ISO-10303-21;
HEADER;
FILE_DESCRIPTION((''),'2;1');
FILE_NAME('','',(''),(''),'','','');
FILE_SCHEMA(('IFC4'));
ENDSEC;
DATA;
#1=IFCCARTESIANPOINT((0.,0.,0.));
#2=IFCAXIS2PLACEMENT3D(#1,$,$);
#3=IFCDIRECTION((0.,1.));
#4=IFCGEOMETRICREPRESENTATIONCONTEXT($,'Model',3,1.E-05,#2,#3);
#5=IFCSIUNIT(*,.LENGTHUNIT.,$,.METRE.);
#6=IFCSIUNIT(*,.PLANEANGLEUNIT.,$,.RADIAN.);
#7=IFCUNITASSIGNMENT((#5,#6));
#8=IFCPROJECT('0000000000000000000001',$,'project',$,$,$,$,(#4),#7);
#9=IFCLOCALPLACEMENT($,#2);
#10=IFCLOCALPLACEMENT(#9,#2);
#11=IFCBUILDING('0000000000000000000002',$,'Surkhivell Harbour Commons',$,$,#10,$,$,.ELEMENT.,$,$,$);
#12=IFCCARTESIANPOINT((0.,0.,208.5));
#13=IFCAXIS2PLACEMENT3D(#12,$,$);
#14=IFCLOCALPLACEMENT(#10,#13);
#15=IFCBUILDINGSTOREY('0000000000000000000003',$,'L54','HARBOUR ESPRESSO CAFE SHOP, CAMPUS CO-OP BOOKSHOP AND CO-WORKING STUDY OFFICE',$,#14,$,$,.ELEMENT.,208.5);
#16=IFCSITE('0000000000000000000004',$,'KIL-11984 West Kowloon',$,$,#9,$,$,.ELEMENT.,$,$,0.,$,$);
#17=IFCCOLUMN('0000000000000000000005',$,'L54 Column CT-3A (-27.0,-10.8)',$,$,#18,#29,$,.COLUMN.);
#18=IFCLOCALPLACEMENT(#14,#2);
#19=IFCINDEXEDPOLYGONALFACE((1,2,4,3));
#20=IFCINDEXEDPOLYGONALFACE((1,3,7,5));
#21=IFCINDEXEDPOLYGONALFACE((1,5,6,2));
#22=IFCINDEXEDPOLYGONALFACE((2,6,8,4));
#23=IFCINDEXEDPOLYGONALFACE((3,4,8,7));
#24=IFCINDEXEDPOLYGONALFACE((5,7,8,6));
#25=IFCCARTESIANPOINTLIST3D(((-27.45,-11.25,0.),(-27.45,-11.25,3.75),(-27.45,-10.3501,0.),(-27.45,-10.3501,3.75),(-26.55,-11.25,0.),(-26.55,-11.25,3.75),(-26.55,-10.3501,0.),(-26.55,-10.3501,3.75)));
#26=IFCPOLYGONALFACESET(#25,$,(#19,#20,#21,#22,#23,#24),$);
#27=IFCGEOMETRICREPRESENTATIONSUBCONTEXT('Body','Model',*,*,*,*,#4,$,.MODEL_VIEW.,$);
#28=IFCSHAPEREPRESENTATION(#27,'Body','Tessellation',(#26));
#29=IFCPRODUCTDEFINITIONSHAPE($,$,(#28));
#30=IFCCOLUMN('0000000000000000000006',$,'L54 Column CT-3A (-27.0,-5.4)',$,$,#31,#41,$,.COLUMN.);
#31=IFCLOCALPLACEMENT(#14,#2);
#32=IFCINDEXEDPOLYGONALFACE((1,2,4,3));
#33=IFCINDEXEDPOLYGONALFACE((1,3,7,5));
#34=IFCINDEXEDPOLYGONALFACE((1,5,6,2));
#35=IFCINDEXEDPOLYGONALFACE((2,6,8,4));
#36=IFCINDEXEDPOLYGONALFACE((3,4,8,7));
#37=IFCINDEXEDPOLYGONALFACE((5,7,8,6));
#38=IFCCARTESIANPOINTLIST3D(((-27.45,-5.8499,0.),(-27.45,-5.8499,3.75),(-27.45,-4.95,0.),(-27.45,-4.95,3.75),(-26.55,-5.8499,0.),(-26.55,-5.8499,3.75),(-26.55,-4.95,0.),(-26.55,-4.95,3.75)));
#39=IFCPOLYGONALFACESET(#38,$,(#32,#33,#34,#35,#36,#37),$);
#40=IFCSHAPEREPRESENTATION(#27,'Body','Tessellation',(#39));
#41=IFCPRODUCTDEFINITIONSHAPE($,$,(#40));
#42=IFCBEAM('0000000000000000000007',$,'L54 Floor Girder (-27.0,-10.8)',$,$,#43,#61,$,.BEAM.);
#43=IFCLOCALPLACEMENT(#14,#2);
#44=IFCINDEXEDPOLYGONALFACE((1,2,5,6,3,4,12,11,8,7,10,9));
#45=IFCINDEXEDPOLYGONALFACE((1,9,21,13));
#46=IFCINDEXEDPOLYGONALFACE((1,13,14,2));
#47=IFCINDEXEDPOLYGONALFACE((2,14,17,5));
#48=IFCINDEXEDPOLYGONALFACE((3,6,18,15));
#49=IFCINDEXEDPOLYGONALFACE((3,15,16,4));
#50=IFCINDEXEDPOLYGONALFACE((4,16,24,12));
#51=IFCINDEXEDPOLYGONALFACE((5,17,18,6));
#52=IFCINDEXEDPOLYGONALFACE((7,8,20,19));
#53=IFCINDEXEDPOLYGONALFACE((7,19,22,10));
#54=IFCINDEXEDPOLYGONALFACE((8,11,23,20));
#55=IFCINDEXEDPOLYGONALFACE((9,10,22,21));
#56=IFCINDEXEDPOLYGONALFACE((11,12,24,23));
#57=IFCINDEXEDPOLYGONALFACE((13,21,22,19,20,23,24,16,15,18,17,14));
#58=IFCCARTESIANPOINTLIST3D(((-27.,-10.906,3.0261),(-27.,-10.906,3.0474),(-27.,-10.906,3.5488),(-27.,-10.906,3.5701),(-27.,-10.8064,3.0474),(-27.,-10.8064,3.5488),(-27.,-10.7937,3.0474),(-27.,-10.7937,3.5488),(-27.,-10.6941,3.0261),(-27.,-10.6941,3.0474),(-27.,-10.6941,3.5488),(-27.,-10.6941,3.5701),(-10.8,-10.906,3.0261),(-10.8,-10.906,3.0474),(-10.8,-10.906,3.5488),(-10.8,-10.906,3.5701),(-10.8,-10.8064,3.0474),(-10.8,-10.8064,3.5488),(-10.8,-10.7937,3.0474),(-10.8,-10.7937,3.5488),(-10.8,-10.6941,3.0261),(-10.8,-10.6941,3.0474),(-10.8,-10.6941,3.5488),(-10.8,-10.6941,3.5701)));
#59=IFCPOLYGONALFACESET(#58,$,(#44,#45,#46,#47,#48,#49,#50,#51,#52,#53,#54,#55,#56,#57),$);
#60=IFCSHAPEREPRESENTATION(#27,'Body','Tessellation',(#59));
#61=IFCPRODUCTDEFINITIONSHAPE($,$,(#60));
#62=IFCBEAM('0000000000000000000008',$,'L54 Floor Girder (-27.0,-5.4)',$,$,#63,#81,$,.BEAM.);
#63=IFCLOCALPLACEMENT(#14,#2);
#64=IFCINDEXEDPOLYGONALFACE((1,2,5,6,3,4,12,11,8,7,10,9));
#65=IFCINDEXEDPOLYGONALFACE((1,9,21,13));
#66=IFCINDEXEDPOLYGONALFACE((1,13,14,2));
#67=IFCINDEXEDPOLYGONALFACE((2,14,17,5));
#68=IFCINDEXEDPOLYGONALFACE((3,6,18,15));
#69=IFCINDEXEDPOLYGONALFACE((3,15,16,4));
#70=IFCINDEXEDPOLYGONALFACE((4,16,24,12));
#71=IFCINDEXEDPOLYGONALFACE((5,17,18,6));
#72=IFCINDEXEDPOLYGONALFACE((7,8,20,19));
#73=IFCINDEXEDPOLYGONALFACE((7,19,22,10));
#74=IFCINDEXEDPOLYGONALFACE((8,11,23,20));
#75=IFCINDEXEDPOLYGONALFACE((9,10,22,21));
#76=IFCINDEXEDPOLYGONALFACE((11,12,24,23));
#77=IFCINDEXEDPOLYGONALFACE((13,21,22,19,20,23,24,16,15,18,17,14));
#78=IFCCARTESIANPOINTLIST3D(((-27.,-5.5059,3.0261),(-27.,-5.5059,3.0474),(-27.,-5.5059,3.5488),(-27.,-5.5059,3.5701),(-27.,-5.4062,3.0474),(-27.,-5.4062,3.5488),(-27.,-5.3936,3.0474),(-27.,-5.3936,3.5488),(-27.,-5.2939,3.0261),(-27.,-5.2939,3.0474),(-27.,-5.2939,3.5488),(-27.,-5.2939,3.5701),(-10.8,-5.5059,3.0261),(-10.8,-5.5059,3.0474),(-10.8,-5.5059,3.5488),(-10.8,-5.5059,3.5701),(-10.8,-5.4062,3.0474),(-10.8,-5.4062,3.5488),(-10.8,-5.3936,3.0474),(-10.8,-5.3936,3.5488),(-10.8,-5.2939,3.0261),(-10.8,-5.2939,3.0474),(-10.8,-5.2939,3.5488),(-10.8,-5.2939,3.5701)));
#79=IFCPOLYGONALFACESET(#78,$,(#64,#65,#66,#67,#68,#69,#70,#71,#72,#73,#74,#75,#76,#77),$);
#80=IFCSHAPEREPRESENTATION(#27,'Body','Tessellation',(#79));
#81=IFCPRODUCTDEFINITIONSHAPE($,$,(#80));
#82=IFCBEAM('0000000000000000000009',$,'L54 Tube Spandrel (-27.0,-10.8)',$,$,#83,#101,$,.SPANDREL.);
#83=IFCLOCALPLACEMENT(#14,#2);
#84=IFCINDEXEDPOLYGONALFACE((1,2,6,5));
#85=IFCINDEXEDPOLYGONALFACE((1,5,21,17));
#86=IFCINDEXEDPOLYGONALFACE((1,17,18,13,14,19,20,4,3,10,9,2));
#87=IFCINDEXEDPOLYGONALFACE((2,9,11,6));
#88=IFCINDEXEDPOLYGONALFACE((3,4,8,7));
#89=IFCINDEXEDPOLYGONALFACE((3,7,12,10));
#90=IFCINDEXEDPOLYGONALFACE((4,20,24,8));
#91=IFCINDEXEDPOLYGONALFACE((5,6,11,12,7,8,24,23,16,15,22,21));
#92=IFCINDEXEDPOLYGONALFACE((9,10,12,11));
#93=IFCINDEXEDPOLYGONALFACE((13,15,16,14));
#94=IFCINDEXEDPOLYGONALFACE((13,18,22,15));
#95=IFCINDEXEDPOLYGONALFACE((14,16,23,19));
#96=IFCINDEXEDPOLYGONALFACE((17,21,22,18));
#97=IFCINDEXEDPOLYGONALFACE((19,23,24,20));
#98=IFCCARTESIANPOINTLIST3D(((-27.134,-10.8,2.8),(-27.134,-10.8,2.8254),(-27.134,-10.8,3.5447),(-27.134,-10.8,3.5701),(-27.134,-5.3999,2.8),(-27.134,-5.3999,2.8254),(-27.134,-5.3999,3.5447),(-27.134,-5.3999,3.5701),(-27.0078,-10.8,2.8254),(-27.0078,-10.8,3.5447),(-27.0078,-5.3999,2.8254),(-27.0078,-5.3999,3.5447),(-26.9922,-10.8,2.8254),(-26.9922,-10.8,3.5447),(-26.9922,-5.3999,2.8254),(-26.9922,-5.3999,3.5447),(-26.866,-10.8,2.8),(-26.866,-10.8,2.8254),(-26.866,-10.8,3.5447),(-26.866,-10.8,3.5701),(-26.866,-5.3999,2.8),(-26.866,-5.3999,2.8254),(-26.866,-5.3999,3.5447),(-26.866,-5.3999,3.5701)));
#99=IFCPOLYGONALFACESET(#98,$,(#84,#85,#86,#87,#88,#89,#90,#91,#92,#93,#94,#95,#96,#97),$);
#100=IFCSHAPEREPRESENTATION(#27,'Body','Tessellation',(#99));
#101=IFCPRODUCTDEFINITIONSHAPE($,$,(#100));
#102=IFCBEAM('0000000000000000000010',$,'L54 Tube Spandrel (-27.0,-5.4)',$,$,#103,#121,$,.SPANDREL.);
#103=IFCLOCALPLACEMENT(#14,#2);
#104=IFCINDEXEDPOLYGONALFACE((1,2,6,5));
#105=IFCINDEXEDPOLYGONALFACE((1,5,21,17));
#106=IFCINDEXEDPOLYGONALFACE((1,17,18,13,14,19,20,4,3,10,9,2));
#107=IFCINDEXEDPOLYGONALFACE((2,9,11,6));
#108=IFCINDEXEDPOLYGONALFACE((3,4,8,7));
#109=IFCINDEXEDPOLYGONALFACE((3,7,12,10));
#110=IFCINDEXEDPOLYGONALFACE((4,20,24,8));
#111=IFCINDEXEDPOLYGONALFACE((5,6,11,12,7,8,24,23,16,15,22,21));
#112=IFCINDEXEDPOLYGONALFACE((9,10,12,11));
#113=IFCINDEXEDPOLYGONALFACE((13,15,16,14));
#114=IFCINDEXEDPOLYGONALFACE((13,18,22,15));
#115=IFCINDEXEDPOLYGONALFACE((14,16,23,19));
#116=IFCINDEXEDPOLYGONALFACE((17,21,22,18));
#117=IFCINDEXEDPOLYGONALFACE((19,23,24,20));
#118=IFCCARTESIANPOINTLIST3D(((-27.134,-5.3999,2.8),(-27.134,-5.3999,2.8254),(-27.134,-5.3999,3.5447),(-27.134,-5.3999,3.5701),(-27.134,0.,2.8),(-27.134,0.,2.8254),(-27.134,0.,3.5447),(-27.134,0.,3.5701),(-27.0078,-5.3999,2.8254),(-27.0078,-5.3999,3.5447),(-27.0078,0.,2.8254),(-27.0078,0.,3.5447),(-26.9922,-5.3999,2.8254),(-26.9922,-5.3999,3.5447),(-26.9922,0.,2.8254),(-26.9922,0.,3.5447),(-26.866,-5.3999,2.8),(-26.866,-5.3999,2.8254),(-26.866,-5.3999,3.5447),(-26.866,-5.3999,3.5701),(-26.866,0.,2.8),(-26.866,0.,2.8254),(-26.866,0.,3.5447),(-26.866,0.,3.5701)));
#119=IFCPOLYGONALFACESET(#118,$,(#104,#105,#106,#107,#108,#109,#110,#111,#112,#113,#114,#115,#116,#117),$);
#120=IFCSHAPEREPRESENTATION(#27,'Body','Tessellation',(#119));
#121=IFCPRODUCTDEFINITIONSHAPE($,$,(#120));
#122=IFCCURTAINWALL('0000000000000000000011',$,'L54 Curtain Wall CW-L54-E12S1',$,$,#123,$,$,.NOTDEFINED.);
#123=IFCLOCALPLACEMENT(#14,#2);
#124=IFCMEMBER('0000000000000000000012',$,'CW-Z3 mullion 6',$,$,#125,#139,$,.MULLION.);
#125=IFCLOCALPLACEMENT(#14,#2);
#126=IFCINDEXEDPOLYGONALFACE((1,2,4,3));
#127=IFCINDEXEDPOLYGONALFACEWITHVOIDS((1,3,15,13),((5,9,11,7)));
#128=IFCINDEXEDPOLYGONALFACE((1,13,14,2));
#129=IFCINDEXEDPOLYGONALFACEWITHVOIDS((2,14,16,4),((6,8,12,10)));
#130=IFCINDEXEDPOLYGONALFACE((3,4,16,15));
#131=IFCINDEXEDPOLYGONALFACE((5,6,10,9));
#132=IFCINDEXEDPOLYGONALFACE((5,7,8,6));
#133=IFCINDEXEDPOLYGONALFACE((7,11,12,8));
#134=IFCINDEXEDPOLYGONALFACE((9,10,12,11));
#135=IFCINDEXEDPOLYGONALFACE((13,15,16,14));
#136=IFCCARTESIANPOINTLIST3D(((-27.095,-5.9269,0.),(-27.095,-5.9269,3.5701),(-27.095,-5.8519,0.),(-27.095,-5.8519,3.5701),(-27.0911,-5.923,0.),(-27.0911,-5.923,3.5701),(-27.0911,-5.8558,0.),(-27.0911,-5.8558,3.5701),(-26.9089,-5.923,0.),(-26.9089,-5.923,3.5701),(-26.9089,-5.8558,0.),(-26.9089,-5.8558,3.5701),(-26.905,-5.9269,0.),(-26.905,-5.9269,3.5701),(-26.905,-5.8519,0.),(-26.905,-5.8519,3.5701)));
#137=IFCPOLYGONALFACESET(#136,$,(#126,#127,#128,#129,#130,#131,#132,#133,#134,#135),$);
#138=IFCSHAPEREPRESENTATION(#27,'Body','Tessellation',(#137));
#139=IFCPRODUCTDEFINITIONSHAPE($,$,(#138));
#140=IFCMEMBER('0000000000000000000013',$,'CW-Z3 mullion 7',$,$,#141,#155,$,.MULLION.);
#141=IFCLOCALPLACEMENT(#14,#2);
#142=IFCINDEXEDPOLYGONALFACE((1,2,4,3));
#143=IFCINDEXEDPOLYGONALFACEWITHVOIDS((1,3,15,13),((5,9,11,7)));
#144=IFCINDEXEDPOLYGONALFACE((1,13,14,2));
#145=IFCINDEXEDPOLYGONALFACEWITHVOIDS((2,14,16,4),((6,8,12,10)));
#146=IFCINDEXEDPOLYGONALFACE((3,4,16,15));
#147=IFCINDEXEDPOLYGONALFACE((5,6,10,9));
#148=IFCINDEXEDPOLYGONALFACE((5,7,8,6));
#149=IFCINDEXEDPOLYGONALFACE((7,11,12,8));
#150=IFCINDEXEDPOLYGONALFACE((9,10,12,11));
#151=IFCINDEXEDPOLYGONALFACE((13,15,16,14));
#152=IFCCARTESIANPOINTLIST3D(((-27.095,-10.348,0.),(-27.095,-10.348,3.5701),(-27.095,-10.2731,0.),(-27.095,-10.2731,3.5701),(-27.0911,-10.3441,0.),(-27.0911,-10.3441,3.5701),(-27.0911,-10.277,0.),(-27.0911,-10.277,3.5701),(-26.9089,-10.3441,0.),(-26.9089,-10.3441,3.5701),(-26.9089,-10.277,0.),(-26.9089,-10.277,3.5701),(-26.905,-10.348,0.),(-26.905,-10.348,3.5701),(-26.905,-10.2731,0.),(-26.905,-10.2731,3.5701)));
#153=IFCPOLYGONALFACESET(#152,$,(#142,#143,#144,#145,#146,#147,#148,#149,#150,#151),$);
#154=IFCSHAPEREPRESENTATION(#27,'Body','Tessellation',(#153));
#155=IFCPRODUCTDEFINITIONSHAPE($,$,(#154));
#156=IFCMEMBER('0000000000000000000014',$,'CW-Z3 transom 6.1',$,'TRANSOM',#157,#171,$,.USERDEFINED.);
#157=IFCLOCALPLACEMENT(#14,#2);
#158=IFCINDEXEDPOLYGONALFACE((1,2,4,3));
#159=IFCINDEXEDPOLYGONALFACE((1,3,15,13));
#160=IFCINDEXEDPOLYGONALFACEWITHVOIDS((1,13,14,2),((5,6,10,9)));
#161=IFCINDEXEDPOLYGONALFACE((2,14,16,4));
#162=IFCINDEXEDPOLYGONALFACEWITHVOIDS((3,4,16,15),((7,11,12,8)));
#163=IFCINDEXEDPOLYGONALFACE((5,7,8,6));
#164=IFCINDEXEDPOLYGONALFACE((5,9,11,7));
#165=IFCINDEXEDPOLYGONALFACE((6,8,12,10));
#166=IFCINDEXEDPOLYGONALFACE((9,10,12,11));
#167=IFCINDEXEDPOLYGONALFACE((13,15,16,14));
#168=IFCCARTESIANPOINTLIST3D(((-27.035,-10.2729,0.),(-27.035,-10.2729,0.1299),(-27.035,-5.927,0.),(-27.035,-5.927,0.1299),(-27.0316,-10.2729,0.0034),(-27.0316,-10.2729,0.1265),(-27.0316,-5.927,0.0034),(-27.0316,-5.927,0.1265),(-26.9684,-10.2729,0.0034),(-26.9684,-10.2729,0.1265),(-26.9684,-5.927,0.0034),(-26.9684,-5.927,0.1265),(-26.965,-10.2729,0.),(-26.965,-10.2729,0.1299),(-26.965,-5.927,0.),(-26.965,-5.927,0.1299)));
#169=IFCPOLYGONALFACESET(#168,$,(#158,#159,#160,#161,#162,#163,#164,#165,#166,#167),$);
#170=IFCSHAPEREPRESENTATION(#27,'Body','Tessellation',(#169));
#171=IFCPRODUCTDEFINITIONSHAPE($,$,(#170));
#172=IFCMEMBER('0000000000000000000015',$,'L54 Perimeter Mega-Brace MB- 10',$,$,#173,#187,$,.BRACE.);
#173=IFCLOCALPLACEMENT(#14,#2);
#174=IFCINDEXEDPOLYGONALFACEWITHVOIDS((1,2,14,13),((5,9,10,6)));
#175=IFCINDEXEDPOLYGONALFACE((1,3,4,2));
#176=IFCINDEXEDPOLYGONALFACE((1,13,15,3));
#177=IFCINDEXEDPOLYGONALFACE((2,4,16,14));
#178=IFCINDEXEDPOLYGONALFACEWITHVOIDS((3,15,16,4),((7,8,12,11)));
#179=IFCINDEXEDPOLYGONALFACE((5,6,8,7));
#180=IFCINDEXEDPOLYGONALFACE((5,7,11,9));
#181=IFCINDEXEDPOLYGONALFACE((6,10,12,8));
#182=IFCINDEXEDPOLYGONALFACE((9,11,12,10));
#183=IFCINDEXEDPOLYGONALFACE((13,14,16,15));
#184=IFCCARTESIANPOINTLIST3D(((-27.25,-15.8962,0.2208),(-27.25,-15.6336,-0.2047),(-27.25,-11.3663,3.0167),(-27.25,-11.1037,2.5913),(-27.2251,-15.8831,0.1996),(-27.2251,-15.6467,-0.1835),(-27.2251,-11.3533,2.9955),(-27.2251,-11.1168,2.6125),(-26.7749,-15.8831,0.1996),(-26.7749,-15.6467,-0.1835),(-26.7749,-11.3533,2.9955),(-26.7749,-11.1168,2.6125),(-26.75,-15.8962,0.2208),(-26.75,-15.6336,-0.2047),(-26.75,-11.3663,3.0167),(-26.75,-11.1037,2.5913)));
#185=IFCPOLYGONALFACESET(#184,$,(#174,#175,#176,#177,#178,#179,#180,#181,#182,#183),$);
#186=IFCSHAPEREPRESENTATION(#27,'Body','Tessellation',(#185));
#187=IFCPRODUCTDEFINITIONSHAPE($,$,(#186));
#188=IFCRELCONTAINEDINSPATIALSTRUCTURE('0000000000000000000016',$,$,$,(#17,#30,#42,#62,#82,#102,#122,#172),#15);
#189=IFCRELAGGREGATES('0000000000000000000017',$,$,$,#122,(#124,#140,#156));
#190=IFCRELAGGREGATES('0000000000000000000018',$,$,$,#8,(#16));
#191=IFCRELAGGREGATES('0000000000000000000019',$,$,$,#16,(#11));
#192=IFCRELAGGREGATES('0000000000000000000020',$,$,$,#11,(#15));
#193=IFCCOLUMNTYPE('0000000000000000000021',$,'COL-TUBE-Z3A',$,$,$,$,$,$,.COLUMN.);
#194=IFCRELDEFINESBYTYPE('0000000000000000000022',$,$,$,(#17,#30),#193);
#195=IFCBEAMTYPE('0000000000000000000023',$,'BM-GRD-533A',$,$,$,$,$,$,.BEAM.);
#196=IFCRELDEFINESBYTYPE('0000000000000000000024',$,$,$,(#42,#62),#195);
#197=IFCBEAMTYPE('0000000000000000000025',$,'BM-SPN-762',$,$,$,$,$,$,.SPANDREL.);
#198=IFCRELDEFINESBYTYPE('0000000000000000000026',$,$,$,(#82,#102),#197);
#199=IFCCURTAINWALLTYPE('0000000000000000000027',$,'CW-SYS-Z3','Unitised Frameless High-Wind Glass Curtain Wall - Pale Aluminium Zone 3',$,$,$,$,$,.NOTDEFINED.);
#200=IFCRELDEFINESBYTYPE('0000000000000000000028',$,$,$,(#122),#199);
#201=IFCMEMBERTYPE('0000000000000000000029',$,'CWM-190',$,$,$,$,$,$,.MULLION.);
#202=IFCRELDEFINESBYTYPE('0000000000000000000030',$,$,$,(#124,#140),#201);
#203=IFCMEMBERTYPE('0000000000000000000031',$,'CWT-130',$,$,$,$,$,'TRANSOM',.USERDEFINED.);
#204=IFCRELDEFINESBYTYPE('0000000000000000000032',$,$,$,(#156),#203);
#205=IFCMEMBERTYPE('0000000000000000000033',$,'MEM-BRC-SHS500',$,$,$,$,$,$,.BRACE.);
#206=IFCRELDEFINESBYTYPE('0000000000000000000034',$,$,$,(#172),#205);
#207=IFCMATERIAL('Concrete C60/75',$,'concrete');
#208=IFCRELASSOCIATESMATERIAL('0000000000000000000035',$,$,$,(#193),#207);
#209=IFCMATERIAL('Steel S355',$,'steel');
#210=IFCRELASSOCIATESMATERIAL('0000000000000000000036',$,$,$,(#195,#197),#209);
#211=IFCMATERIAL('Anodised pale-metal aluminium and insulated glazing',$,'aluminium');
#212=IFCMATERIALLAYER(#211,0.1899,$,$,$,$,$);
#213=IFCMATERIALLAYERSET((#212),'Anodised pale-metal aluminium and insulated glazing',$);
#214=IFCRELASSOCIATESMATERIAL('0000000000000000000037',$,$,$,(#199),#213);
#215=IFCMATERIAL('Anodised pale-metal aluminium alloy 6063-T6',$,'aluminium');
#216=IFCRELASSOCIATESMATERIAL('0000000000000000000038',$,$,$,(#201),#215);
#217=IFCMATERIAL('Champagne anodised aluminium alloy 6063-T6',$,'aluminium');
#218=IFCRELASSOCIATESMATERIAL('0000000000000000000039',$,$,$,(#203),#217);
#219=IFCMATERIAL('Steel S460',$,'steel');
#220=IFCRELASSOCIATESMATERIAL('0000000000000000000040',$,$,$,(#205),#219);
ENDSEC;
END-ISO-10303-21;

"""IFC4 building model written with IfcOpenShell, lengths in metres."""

from ifc_helpers import new_model, si_unit, direction, frame, origin, origin_2d, place, context, subcontext, project, spatial, rectangle, hollow_rectangle, i_section, extrude, material, layer, layer_set, material_profile, profile_set, type_object, element, aggregate, save


model = new_model("IFC4")

# Units and contexts
model_context = context("Model", 3, precision=1e-05, world=origin(), true_north=direction((0.0, 1.0)))
body_context = subcontext(model_context, "Body", "Model", "MODEL_VIEW")
ifc_project = project(units=[si_unit("LENGTHUNIT", "METRE"), si_unit("PLANEANGLEUNIT", "RADIAN")], contexts=[model_context])

# Site, building, storey
site_placement = place(None, origin())
site = spatial("IfcSite", under=ifc_project, at=site_placement, Name="KIL-11984 West Kowloon", CompositionType="ELEMENT", RefElevation=0.0)
building_placement = place(site_placement, origin())
building = spatial("IfcBuilding", under=site, at=building_placement, Name="Surkhivell Harbour Commons", CompositionType="ELEMENT")
storey_placement = place(building_placement, frame((0.0, 0.0, 208.5)))
storey = spatial("IfcBuildingStorey", under=building, at=storey_placement, Name="L54", Description="HARBOUR ESPRESSO CAFE SHOP, CAMPUS CO-OP BOOKSHOP AND CO-WORKING STUDY OFFICE", CompositionType="ELEMENT", Elevation=208.5)

# Columns
ifc_material_1 = material(Name="Concrete C60/75", Category="concrete")
ifc_material_profile_1 = material_profile(ifc_material_1, rectangle(XDim=0.8999, YDim=0.8999, at=origin_2d()), Name="RC-COL-900x900")
ifc_profile_set_1 = profile_set([ifc_material_profile_1], Name="Concrete C60/75")
column_type = type_object("IfcColumnType", Name="COL-TUBE-Z3A", PredefinedType="COLUMN", material=ifc_profile_set_1)
for number, where, z_axis, x_axis, name in (
    (1, (-27.0, -10.8, 0.0), (0.0, 0.0, 1.0), (1.0, 0.0, 0.0), "L54 Column CT-3A (-27.0,-10.8)"),
    (2, (-27.0, -5.3999, 0.0), (0.0, 0.0, 1.0), (1.0, 0.0, 0.0), "L54 Column CT-3A (-27.0,-5.4)"),
):
    element("IfcColumn", number, at=place(storey_placement, frame(where, z_axis=z_axis, x_axis=x_axis)), inside=storey, type_object=column_type, Name=name, PredefinedType="COLUMN", context=body_context, shape_type="SweptSolid", body=[
        extrude(rectangle(XDim=0.8999, YDim=0.8999, at=origin_2d()), origin(), (0.0, 0.0, 1.0), 3.75),
    ])

# Beams
ifc_material_2 = material(Name="Steel S355", Category="steel")
ifc_material_profile_2 = material_profile(ifc_material_2, i_section(OverallWidth=0.2119, OverallDepth=0.5439, WebThickness=0.0127, FlangeThickness=0.0212, at=origin_2d()), Name="UB533x210x122")
ifc_profile_set_2 = profile_set([ifc_material_profile_2], Name="Steel S355")
beam_type_1 = type_object("IfcBeamType", Name="BM-GRD-533A", PredefinedType="BEAM", material=ifc_profile_set_2)
for number, where, z_axis, x_axis, name in (
    (3, (-27.0, -10.8, 3.2981), (1.0, 0.0, 0.0), (0.0, 1.0, 0.0), "L54 Floor Girder (-27.0,-10.8)"),
    (4, (-27.0, -5.3999, 3.2981), (1.0, 0.0, 0.0), (0.0, 1.0, 0.0), "L54 Floor Girder (-27.0,-5.4)"),
):
    element("IfcBeam", number, at=place(storey_placement, frame(where, z_axis=z_axis, x_axis=x_axis)), inside=storey, type_object=beam_type_1, Name=name, PredefinedType="BEAM", context=body_context, shape_type="SweptSolid", body=[
        extrude(i_section(OverallWidth=0.2119, OverallDepth=0.5439, WebThickness=0.0127, FlangeThickness=0.0212, at=origin_2d()), origin(), (0.0, 0.0, 1.0), 16.2),
    ])
ifc_material_profile_3 = material_profile(ifc_material_2, i_section(OverallWidth=0.2681, OverallDepth=0.77, WebThickness=0.0156, FlangeThickness=0.0254, at=origin_2d()), Name="UB762x267x197")
ifc_profile_set_3 = profile_set([ifc_material_profile_3], Name="Steel S355")
beam_type_2 = type_object("IfcBeamType", Name="BM-SPN-762", PredefinedType="SPANDREL", material=ifc_profile_set_3)
beam_1_placement = place(storey_placement, frame((-27.0, -10.8, 3.1851), z_axis=(0.0, 1.0, 0.0), x_axis=(-1.0, 0.0, 0.0)))
element("IfcBeam", 5, at=beam_1_placement, inside=storey, type_object=beam_type_2, Name="L54 Tube Spandrel (-27.0,-10.8)", PredefinedType="SPANDREL", context=body_context, shape_type="SweptSolid", body=[
    extrude(i_section(OverallWidth=0.2681, OverallDepth=0.77, WebThickness=0.0156, FlangeThickness=0.0254, at=origin_2d()), origin(), (0.0, 0.0, 1.0), 5.4001),
])
beam_2_placement = place(storey_placement, frame((-27.0, -5.3999, 3.1851), z_axis=(0.0, 1.0, 0.0), x_axis=(-1.0, 0.0, 0.0)))
element("IfcBeam", 6, at=beam_2_placement, inside=storey, type_object=beam_type_2, Name="L54 Tube Spandrel (-27.0,-5.4)", PredefinedType="SPANDREL", context=body_context, shape_type="SweptSolid", body=[
    extrude(i_section(OverallWidth=0.2681, OverallDepth=0.77, WebThickness=0.0156, FlangeThickness=0.0254, at=origin_2d()), origin(), (0.0, 0.0, 1.0), 5.3999),
])

# Curtain wall, members
ifc_material_3 = material(Name="Anodised pale-metal aluminium and insulated glazing", Category="aluminium")
ifc_layer_1 = layer(ifc_material_3, 0.1899)
ifc_layer_set_1 = layer_set([ifc_layer_1], Name="Anodised pale-metal aluminium and insulated glazing")
curtain_wall_type = type_object("IfcCurtainWallType", Name="CW-SYS-Z3", Description="Unitised Frameless High-Wind Glass Curtain Wall - Pale Aluminium Zone 3", PredefinedType="NOTDEFINED", material=ifc_layer_set_1)
curtain_wall_placement = place(storey_placement, origin())
curtain_wall = element("IfcCurtainWall", 7, at=curtain_wall_placement, inside=storey, type_object=curtain_wall_type, Name="L54 Curtain Wall CW-L54-E12S1", PredefinedType="NOTDEFINED")
ifc_material_4 = material(Name="Anodised pale-metal aluminium alloy 6063-T6", Category="aluminium")
ifc_material_profile_4 = material_profile(ifc_material_4, hollow_rectangle(XDim=0.075, YDim=0.1899, WallThickness=0.0039, at=origin_2d()), Name="ALU-MULL-75x190")
ifc_profile_set_4 = profile_set([ifc_material_profile_4], Name="Anodised pale-metal aluminium alloy 6063-T6")
member_type_1 = type_object("IfcMemberType", Name="CWM-190", PredefinedType="MULLION", material=ifc_profile_set_4)
member_1_placement = place(storey_placement, frame((-27.0, -5.8894, 0.0), z_axis=(0.0, 0.0, 1.0), x_axis=(0.0, -1.0, 0.0)))
member_1 = element("IfcMember", 8, at=member_1_placement, type_object=member_type_1, Name="CW-Z3 mullion 6", PredefinedType="MULLION", context=body_context, shape_type="SweptSolid", body=[
    extrude(hollow_rectangle(XDim=0.075, YDim=0.1899, WallThickness=0.0039, at=origin_2d()), origin(), (0.0, 0.0, 1.0), 3.5701),
])
member_2_placement = place(storey_placement, frame((-27.0, -10.3105, 0.0), z_axis=(0.0, 0.0, 1.0), x_axis=(0.0, -1.0, 0.0)))
member_2 = element("IfcMember", 9, at=member_2_placement, type_object=member_type_1, Name="CW-Z3 mullion 7", PredefinedType="MULLION", context=body_context, shape_type="SweptSolid", body=[
    extrude(hollow_rectangle(XDim=0.075, YDim=0.1899, WallThickness=0.0039, at=origin_2d()), origin(), (0.0, 0.0, 1.0), 3.5701),
])
ifc_material_5 = material(Name="Champagne anodised aluminium alloy 6063-T6", Category="aluminium")
ifc_material_profile_5 = material_profile(ifc_material_5, hollow_rectangle(XDim=0.0701, YDim=0.1299, WallThickness=0.0034, at=origin_2d()), Name="ALU-TRAN-70x130")
ifc_profile_set_5 = profile_set([ifc_material_profile_5], Name="Champagne anodised aluminium alloy 6063-T6")
member_type_2 = type_object("IfcMemberType", Name="CWT-130", ElementType="TRANSOM", PredefinedType="USERDEFINED", material=ifc_profile_set_5)
member_3_placement = place(storey_placement, frame((-27.0, -5.927, 0.0649), z_axis=(0.0, -1.0, 0.0), x_axis=(1.0, 0.0, 0.0)))
member_3 = element("IfcMember", 10, at=member_3_placement, type_object=member_type_2, Name="CW-Z3 transom 6.1", ObjectType="TRANSOM", PredefinedType="USERDEFINED", context=body_context, shape_type="SweptSolid", body=[
    extrude(hollow_rectangle(XDim=0.0701, YDim=0.1299, WallThickness=0.0034, at=origin_2d()), origin(), (0.0, 0.0, 1.0), 4.3459),
])

# Member
ifc_material_6 = material(Name="Steel S460", Category="steel")
ifc_material_profile_6 = material_profile(ifc_material_6, hollow_rectangle(XDim=0.5, YDim=0.5, WallThickness=0.0249, at=origin_2d()), Name="SHS500x500x25")
ifc_profile_set_6 = profile_set([ifc_material_profile_6], Name="Steel S460")
member_type_3 = type_object("IfcMemberType", Name="MEM-BRC-SHS500", PredefinedType="BRACE", material=ifc_profile_set_6)
member_4_placement = place(storey_placement, frame((-27.0, -15.7649, 0.0081), z_axis=(0.0, 0.850958, 0.525233), x_axis=(-1.0, 0.0, 0.0)))
element("IfcMember", 11, at=member_4_placement, inside=storey, type_object=member_type_3, Name="L54 Perimeter Mega-Brace MB- 10", PredefinedType="BRACE", context=body_context, shape_type="SweptSolid", body=[
    extrude(hollow_rectangle(XDim=0.5, YDim=0.5, WallThickness=0.0249, at=origin_2d()), origin(), (0.0, 0.0, 1.0), 5.3232),
])

aggregate(curtain_wall, [member_1, member_2, member_3])

save(model, "model.ifc")
